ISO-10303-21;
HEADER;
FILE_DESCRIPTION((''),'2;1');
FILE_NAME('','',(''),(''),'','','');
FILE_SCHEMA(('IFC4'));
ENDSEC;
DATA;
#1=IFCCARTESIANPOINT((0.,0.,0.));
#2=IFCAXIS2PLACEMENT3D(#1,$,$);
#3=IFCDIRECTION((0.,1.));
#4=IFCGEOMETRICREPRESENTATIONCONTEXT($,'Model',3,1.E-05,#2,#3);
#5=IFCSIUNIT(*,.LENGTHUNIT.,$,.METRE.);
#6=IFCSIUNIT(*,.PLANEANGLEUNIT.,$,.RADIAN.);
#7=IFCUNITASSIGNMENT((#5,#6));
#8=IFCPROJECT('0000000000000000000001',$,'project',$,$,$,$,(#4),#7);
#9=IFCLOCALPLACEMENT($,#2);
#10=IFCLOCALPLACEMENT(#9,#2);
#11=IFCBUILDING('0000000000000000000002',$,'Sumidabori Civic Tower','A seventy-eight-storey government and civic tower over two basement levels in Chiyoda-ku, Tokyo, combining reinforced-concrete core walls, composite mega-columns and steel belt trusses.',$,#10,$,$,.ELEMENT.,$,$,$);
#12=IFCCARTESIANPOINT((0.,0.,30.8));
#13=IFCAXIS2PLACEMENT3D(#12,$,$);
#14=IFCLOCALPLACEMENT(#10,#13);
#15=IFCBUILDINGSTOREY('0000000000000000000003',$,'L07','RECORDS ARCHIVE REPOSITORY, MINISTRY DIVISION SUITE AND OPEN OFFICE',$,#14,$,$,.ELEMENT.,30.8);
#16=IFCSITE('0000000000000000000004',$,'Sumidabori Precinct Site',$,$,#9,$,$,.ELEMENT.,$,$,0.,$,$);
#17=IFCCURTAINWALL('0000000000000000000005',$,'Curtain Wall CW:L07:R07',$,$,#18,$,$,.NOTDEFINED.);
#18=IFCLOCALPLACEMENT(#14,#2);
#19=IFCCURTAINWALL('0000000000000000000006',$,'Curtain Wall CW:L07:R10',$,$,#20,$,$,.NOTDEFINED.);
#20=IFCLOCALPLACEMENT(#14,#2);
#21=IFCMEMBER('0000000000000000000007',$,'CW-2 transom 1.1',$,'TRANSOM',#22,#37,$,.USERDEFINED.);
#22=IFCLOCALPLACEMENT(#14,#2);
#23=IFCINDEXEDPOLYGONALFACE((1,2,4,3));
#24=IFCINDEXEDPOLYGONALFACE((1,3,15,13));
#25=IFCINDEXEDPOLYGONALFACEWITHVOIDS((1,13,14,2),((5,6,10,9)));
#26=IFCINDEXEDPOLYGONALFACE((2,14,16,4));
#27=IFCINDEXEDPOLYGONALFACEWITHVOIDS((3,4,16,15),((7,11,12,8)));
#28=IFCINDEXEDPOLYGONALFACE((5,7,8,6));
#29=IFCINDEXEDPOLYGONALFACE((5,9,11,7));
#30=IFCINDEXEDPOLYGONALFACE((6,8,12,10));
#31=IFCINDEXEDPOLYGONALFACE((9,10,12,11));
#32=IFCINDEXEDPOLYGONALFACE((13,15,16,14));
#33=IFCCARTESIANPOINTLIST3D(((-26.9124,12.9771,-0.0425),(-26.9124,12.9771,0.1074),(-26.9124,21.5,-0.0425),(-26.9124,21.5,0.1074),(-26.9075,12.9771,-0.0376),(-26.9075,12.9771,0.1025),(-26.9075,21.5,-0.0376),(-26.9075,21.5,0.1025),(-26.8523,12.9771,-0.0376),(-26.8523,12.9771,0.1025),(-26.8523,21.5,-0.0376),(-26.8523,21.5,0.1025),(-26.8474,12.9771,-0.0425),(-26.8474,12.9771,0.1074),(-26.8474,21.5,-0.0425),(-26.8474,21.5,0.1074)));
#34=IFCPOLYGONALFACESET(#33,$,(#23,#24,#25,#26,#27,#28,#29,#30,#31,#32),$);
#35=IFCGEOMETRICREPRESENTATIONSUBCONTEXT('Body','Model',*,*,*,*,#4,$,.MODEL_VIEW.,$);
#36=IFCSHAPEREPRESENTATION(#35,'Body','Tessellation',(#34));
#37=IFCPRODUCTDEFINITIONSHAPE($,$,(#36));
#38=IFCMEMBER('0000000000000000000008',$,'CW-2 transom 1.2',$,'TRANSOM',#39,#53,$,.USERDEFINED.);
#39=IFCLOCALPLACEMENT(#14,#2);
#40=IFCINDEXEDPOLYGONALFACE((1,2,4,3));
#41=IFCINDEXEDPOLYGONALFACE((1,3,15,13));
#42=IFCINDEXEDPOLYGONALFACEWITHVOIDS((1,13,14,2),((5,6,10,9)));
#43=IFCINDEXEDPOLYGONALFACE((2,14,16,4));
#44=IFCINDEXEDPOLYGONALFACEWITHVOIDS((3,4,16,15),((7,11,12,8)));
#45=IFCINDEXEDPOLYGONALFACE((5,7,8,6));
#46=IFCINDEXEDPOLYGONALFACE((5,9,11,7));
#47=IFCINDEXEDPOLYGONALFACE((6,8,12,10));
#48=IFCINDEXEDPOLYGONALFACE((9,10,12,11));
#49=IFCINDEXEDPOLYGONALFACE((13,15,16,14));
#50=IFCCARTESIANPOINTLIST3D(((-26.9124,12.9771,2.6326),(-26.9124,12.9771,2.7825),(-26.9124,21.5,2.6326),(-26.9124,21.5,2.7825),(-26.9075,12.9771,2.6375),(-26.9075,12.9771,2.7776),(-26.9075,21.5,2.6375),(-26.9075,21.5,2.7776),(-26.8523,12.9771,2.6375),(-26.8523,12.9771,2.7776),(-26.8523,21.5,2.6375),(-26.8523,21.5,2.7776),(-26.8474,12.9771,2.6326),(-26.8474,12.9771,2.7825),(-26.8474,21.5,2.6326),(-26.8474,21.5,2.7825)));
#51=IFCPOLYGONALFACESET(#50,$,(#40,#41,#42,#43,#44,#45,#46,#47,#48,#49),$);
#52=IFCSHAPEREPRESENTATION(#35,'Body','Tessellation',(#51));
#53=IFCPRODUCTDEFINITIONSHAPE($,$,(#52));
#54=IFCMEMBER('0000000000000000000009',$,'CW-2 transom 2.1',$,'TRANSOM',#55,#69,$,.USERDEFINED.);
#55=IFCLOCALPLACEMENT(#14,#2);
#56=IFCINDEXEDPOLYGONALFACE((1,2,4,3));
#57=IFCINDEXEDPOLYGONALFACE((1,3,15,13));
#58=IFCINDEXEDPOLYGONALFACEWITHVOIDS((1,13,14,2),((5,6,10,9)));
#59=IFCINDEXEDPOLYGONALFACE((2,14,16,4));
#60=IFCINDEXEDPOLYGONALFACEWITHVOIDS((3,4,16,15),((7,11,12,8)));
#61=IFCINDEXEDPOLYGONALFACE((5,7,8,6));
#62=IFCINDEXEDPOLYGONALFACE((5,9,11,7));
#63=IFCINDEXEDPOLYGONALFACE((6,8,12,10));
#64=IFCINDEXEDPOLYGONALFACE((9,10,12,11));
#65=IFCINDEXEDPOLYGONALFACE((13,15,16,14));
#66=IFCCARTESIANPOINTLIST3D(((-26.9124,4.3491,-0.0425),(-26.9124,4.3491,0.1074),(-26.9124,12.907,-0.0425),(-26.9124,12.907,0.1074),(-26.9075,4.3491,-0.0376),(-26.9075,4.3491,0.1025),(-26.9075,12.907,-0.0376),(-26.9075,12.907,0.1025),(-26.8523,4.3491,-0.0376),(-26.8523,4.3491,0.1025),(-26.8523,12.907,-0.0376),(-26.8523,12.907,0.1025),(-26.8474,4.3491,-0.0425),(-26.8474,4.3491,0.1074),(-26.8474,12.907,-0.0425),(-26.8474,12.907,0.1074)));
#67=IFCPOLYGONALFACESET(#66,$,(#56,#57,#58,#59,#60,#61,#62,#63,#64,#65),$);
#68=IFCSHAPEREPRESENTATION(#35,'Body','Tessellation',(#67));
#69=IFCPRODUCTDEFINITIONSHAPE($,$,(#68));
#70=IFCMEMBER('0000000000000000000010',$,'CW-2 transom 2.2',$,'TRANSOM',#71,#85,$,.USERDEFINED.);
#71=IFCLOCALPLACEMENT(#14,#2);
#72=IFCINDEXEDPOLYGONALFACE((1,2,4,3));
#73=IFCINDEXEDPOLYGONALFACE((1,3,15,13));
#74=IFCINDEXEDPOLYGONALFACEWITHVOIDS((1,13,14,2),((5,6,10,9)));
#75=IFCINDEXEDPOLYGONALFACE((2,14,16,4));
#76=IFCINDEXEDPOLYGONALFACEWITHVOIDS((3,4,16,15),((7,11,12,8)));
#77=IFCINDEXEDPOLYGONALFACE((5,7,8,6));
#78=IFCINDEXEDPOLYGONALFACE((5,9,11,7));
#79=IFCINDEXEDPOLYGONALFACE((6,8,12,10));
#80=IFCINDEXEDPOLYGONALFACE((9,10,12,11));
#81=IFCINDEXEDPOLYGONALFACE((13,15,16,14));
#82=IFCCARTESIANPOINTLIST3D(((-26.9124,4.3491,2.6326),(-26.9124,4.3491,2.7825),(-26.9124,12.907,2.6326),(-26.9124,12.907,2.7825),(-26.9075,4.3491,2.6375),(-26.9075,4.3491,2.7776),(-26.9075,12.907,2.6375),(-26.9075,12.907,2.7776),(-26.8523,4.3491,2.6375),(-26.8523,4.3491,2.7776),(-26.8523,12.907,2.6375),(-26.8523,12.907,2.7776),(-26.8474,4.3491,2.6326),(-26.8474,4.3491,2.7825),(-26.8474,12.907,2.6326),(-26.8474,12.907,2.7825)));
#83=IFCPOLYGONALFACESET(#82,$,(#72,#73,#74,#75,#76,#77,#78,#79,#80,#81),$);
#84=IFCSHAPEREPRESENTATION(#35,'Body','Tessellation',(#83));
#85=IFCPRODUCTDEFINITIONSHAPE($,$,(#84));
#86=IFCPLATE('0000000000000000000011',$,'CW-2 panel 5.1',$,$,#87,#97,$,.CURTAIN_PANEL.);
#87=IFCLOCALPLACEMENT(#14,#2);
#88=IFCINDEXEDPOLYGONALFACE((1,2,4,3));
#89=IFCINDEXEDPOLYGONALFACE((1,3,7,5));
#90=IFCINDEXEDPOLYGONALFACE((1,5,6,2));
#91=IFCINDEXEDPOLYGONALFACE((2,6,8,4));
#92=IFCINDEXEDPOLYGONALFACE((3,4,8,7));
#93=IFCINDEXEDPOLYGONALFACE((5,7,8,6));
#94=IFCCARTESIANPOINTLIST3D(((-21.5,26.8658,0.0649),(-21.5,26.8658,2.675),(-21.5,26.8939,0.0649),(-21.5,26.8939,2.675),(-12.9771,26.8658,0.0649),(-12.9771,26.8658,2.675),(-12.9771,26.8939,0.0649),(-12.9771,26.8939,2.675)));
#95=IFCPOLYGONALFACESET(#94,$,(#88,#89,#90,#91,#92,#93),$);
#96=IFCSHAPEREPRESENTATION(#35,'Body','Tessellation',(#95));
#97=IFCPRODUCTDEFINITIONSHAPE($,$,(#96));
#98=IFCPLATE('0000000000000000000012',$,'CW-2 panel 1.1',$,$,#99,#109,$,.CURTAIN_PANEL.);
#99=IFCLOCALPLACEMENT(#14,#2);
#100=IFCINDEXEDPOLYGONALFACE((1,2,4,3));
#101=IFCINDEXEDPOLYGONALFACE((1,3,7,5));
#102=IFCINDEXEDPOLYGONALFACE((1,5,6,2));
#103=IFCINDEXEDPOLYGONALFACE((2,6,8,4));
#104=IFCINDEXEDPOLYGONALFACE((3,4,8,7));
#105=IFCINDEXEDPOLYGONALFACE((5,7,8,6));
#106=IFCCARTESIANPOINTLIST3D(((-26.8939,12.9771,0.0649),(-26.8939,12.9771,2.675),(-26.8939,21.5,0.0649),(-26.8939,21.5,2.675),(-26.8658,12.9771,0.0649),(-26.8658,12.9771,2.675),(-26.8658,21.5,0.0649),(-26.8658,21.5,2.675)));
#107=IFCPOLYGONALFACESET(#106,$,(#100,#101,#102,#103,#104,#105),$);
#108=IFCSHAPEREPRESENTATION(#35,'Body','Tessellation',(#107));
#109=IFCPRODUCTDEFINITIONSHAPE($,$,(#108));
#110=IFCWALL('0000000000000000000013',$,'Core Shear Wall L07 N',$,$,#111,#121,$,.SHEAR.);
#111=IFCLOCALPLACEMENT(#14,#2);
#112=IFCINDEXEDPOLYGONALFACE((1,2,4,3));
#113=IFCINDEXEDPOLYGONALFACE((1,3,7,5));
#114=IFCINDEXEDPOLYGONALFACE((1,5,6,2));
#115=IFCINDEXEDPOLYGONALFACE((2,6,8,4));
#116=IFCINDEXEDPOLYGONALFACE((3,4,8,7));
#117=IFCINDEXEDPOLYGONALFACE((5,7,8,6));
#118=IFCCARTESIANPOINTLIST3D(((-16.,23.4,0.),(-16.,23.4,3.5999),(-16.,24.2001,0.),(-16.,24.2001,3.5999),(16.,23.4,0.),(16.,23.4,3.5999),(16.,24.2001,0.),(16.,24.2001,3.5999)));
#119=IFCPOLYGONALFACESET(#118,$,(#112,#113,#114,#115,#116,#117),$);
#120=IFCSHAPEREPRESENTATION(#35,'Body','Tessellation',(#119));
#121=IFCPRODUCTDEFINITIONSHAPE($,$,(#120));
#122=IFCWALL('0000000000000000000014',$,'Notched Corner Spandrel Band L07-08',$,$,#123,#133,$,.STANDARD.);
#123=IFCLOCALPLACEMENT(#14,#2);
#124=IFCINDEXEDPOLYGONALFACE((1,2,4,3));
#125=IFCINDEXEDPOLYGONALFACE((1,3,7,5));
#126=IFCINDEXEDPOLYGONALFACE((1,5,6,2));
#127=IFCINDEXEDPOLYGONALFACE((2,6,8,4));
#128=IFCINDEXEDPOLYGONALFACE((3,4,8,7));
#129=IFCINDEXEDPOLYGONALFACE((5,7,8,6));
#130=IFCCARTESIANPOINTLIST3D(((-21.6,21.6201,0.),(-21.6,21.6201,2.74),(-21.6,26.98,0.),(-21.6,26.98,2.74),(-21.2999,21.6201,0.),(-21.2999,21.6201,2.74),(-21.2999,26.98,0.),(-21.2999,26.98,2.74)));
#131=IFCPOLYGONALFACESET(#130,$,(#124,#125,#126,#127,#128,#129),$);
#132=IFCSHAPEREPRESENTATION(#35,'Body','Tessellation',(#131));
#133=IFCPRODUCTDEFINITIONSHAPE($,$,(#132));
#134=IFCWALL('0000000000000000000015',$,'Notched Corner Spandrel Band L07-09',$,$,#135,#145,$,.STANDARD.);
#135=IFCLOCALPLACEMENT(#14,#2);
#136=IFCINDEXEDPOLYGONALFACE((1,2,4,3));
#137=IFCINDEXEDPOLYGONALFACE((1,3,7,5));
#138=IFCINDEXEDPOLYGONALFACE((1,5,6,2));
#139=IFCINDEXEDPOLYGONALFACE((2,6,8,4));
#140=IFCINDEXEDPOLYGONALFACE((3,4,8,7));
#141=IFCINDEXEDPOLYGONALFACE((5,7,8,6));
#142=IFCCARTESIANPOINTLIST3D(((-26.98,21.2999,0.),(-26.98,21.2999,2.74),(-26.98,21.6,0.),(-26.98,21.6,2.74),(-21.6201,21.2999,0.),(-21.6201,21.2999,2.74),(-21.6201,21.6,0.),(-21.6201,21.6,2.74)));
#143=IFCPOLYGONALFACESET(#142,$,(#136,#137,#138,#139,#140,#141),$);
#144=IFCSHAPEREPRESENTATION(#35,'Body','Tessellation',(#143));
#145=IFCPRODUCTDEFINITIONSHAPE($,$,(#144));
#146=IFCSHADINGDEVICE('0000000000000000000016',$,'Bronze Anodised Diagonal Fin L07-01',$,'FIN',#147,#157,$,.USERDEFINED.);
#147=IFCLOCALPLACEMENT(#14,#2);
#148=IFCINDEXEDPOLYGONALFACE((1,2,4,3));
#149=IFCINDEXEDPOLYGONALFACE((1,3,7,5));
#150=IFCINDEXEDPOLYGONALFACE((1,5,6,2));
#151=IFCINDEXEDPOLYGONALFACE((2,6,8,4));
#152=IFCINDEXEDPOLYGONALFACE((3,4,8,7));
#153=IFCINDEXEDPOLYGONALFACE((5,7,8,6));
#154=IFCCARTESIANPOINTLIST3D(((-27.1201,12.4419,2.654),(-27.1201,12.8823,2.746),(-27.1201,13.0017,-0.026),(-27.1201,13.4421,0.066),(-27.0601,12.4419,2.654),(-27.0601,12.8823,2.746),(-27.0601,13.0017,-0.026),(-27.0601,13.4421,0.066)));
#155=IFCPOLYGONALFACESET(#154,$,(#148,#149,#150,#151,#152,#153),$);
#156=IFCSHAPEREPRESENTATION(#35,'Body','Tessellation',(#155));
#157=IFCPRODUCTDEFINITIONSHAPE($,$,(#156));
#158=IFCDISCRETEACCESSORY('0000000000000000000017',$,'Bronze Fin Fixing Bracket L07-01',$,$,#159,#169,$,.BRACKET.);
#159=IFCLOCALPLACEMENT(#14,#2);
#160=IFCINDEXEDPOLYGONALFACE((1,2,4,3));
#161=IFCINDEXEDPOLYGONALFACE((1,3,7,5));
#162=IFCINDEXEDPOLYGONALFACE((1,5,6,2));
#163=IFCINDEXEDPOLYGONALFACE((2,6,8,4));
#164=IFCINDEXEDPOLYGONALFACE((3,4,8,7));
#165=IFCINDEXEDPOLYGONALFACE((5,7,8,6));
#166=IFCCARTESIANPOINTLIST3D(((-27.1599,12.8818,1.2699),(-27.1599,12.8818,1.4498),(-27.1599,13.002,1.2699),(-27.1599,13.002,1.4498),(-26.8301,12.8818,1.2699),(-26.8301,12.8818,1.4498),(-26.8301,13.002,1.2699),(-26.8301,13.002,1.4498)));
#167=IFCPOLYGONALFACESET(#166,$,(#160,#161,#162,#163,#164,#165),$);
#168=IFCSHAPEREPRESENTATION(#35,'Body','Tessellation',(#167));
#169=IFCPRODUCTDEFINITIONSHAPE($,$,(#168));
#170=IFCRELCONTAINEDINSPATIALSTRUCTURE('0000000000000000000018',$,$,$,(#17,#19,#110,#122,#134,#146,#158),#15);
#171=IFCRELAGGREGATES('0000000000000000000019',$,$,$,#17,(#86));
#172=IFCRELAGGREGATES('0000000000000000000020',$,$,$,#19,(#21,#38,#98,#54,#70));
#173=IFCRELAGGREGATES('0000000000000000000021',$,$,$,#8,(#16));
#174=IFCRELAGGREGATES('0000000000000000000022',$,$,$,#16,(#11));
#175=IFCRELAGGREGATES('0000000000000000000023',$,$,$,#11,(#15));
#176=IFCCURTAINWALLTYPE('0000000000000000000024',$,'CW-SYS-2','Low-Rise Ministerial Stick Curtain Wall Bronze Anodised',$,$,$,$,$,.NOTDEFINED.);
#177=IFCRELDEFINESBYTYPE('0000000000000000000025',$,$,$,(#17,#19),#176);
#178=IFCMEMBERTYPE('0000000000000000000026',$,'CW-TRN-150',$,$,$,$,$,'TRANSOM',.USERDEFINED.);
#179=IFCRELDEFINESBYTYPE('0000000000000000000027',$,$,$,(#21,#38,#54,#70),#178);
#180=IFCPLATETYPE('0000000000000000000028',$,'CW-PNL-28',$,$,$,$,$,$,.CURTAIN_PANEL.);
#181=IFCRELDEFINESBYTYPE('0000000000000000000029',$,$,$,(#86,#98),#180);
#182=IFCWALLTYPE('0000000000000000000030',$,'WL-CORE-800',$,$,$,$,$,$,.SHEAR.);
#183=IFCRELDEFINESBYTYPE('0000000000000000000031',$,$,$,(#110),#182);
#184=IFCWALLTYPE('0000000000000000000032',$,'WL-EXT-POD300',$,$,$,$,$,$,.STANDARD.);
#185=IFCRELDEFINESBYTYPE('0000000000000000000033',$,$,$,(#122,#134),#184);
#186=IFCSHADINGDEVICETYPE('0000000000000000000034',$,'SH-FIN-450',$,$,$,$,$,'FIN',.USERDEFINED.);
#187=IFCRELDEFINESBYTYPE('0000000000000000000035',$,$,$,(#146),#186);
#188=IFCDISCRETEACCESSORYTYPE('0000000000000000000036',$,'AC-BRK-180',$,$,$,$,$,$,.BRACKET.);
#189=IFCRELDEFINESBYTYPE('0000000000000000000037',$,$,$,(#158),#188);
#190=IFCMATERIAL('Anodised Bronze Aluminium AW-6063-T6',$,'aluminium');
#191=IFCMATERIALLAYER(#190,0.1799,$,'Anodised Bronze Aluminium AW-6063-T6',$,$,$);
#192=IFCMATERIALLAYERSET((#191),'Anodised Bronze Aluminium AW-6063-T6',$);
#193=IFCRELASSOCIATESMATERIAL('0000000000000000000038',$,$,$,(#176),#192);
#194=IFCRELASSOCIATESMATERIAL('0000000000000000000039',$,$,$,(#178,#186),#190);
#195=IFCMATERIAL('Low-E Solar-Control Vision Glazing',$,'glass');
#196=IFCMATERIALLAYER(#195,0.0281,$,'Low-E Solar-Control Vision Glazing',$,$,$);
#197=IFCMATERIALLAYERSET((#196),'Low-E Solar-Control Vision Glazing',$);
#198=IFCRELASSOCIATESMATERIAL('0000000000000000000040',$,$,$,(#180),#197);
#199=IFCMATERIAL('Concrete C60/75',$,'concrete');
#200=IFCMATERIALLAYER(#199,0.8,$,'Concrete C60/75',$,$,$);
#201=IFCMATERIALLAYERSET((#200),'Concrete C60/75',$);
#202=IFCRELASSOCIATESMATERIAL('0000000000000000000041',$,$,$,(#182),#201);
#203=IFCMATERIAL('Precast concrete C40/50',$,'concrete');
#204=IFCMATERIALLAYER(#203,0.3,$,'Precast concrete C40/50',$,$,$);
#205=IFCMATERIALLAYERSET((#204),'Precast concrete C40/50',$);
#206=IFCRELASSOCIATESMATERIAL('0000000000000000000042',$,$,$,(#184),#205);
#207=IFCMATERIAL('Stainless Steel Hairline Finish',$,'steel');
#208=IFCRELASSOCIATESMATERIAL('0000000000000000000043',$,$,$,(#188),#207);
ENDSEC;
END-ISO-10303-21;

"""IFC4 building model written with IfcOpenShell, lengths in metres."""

from ifc_helpers import new_model, si_unit, direction, frame, frame_2d, origin, origin_2d, place, context, subcontext, project, spatial, rectangle, hollow_rectangle, extrude, source, transform, mapped, material, layer, layer_set, material_profile, profile_set, type_object, element, aggregate, save


model = new_model("IFC4")

# Units and contexts
model_context = context("Model", 3, precision=1e-05, world=origin(), true_north=direction((0.0, 1.0)))
body_context = subcontext(model_context, "Body", "Model", "MODEL_VIEW")
ifc_project = project(units=[si_unit("LENGTHUNIT", "METRE"), si_unit("PLANEANGLEUNIT", "RADIAN")], contexts=[model_context])

# Site, building, storey
site_placement = place(None, origin())
site = spatial("IfcSite", under=ifc_project, at=site_placement, Name="Sumidabori Precinct Site", CompositionType="ELEMENT", RefElevation=0.0)
building_placement = place(site_placement, origin())
building = spatial("IfcBuilding", under=site, at=building_placement, Name="Sumidabori Civic Tower", Description="A seventy-eight-storey government and civic tower over two basement levels in Chiyoda-ku, Tokyo, combining reinforced-concrete core walls, composite mega-columns and steel belt trusses.", CompositionType="ELEMENT")
storey_placement = place(building_placement, frame((0.0, 0.0, 30.8)))
storey = spatial("IfcBuildingStorey", under=building, at=storey_placement, Name="L07", Description="RECORDS ARCHIVE REPOSITORY, MINISTRY DIVISION SUITE AND OPEN OFFICE", CompositionType="ELEMENT", Elevation=30.8)

# Shared definitions
ifc_material_1 = material(Name="Concrete C60/75", Category="concrete")

# Curtain wall
ifc_material_2 = material(Name="Anodised Bronze Aluminium AW-6063-T6", Category="aluminium")
ifc_layer_1 = layer(ifc_material_2, 0.1799, Name="Anodised Bronze Aluminium AW-6063-T6")
ifc_layer_set_1 = layer_set([ifc_layer_1], Name="Anodised Bronze Aluminium AW-6063-T6")
curtain_wall_type = type_object("IfcCurtainWallType", Name="CW-SYS-2", Description="Low-Rise Ministerial Stick Curtain Wall Bronze Anodised", PredefinedType="NOTDEFINED", material=ifc_layer_set_1)
curtain_wall_1_placement = place(storey_placement, origin())
curtain_wall_1 = element("IfcCurtainWall", 1, at=curtain_wall_1_placement, inside=storey, type_object=curtain_wall_type, Name="Curtain Wall CW:L07:R07", PredefinedType="NOTDEFINED")

# Curtain wall, members
curtain_wall_2_placement = place(storey_placement, origin())
curtain_wall_2 = element("IfcCurtainWall", 2, at=curtain_wall_2_placement, inside=storey, type_object=curtain_wall_type, Name="Curtain Wall CW:L07:R10", PredefinedType="NOTDEFINED")
ifc_material_profile_1 = material_profile(ifc_material_2, hollow_rectangle(XDim=0.0649, YDim=0.1499, WallThickness=0.0049, at=origin_2d()), Name="ALU TRANSOM 150x65")
ifc_profile_set_1 = profile_set([ifc_material_profile_1], Name="Anodised Bronze Aluminium AW-6063-T6")
member_type_1 = type_object("IfcMemberType", Name="CW-TRN-150", ElementType="TRANSOM", PredefinedType="USERDEFINED", material=ifc_profile_set_1)
shared_shape_1 = source(origin(), body_context, "Body", "SweptSolid", [
    extrude(hollow_rectangle(XDim=0.0649, YDim=0.1499, WallThickness=0.0049, at=origin_2d()), origin(), (0.0, 0.0, 1.0), 8.5229),
])
member_1_placement = place(storey_placement, frame((-26.8799, 21.5, 0.0325), z_axis=(0.0, -1.0, 0.0), x_axis=(1.0, 0.0, 0.0)))
member_1 = element("IfcMember", 3, at=member_1_placement, type_object=member_type_1, Name="CW-2 transom 1.1", ObjectType="TRANSOM", PredefinedType="USERDEFINED", context=body_context, shape_type="MappedRepresentation", body=[
    mapped(shared_shape_1, transform((0.0, 0.0, 0.0), x_axis=(1.0, 0.0, 0.0), y_axis=(0.0, 1.0, 0.0), z_axis=(0.0, 0.0, 1.0), scale=1.0)),
])
member_2_placement = place(storey_placement, frame((-26.8799, 21.5, 2.7075), z_axis=(0.0, -1.0, 0.0), x_axis=(1.0, 0.0, 0.0)))
member_2 = element("IfcMember", 4, at=member_2_placement, type_object=member_type_1, Name="CW-2 transom 1.2", ObjectType="TRANSOM", PredefinedType="USERDEFINED", context=body_context, shape_type="MappedRepresentation", body=[
    mapped(shared_shape_1, transform((0.0, 0.0, 0.0), x_axis=(1.0, 0.0, 0.0), y_axis=(0.0, 1.0, 0.0), z_axis=(0.0, 0.0, 1.0), scale=1.0)),
])
shared_shape_2 = source(origin(), body_context, "Body", "SweptSolid", [
    extrude(hollow_rectangle(XDim=0.0649, YDim=0.1499, WallThickness=0.0049, at=origin_2d()), origin(), (0.0, 0.0, 1.0), 8.5579),
])
member_3_placement = place(storey_placement, frame((-26.8799, 12.907, 0.0325), z_axis=(0.0, -1.0, 0.0), x_axis=(1.0, 0.0, 0.0)))
member_3 = element("IfcMember", 5, at=member_3_placement, type_object=member_type_1, Name="CW-2 transom 2.1", ObjectType="TRANSOM", PredefinedType="USERDEFINED", context=body_context, shape_type="MappedRepresentation", body=[
    mapped(shared_shape_2, transform((0.0, 0.0, 0.0), x_axis=(1.0, 0.0, 0.0), y_axis=(0.0, 1.0, 0.0), z_axis=(0.0, 0.0, 1.0), scale=1.0)),
])
member_4_placement = place(storey_placement, frame((-26.8799, 12.907, 2.7075), z_axis=(0.0, -1.0, 0.0), x_axis=(1.0, 0.0, 0.0)))
member_4 = element("IfcMember", 6, at=member_4_placement, type_object=member_type_1, Name="CW-2 transom 2.2", ObjectType="TRANSOM", PredefinedType="USERDEFINED", context=body_context, shape_type="MappedRepresentation", body=[
    mapped(shared_shape_2, transform((0.0, 0.0, 0.0), x_axis=(1.0, 0.0, 0.0), y_axis=(0.0, 1.0, 0.0), z_axis=(0.0, 0.0, 1.0), scale=1.0)),
])

# Plates
ifc_material_3 = material(Name="Low-E Solar-Control Vision Glazing", Category="glass")
ifc_layer_2 = layer(ifc_material_3, 0.0281, Name="Low-E Solar-Control Vision Glazing")
ifc_layer_set_2 = layer_set([ifc_layer_2], Name="Low-E Solar-Control Vision Glazing")
plate_type = type_object("IfcPlateType", Name="CW-PNL-28", PredefinedType="CURTAIN_PANEL", material=ifc_layer_set_2)
shared_shape_3 = source(origin(), body_context, "Body", "SweptSolid", [
    extrude(rectangle(XDim=8.5229, YDim=0.0281, at=origin_2d()), origin(), (0.0, 0.0, 1.0), 2.6101),
])
plate_1_placement = place(storey_placement, frame((-17.2385, 26.8799, 0.0649), z_axis=(0.0, 0.0, 1.0), x_axis=(-1.0, 0.0, 0.0)))
plate_1 = element("IfcPlate", 7, at=plate_1_placement, type_object=plate_type, Name="CW-2 panel 5.1", PredefinedType="CURTAIN_PANEL", context=body_context, shape_type="MappedRepresentation", body=[
    mapped(shared_shape_3, transform((0.0, 0.0, 0.0), x_axis=(1.0, 0.0, 0.0), y_axis=(0.0, 1.0, 0.0), z_axis=(0.0, 0.0, 1.0), scale=1.0)),
])
aggregate(curtain_wall_1, [plate_1])
plate_2_placement = place(storey_placement, frame((-26.8799, 17.2385, 0.0649), z_axis=(0.0, 0.0, 1.0), x_axis=(0.0, -1.0, 0.0)))
plate_2 = element("IfcPlate", 8, at=plate_2_placement, type_object=plate_type, Name="CW-2 panel 1.1", PredefinedType="CURTAIN_PANEL", context=body_context, shape_type="MappedRepresentation", body=[
    mapped(shared_shape_3, transform((0.0, 0.0, 0.0), x_axis=(1.0, 0.0, 0.0), y_axis=(0.0, 1.0, 0.0), z_axis=(0.0, 0.0, 1.0), scale=1.0)),
])
aggregate(curtain_wall_2, [member_1, member_2, plate_2, member_3, member_4])

# Walls
ifc_layer_3 = layer(ifc_material_1, 0.8, Name="Concrete C60/75")
ifc_layer_set_3 = layer_set([ifc_layer_3], Name="Concrete C60/75")
wall_type_1 = type_object("IfcWallType", Name="WL-CORE-800", PredefinedType="SHEAR", material=ifc_layer_set_3)
shared_shape_4 = source(origin(), body_context, "Body", "SweptSolid", [
    extrude(rectangle(XDim=32.0, YDim=0.8, at=frame_2d((16.0, 0.0))), origin(), (0.0, 0.0, 1.0), 3.5999),
])
wall_placement = place(storey_placement, frame((-16.0, 23.8, 0.0), z_axis=(0.0, 0.0, 1.0), x_axis=(1.0, 0.0, 0.0)))
element("IfcWall", 9, at=wall_placement, inside=storey, type_object=wall_type_1, Name="Core Shear Wall L07 N", PredefinedType="SHEAR", context=body_context, shape_type="MappedRepresentation", body=[
    mapped(shared_shape_4, transform((0.0, 0.0, 0.0), x_axis=(1.0, 0.0, 0.0), y_axis=(0.0, 1.0, 0.0), z_axis=(0.0, 0.0, 1.0), scale=1.0)),
])
ifc_material_4 = material(Name="Precast concrete C40/50", Category="concrete")
ifc_layer_4 = layer(ifc_material_4, 0.3, Name="Precast concrete C40/50")
ifc_layer_set_4 = layer_set([ifc_layer_4], Name="Precast concrete C40/50")
wall_type_2 = type_object("IfcWallType", Name="WL-EXT-POD300", PredefinedType="STANDARD", material=ifc_layer_set_4)
shared_shape_5 = source(origin(), body_context, "Body", "SweptSolid", [
    extrude(rectangle(XDim=5.3599, YDim=0.3, at=frame_2d((2.6799, 0.0))), origin(), (0.0, 0.0, 1.0), 2.74),
])
for number, where, z_axis, x_axis, name in (
    (10, (-21.45, 26.98, 0.0), (0.0, 0.0, 1.0), (0.0, -1.0, 0.0), "Notched Corner Spandrel Band L07-08"),
    (11, (-21.6201, 21.45, 0.0), (0.0, 0.0, 1.0), (-1.0, 0.0, 0.0), "Notched Corner Spandrel Band L07-09"),
):
    element("IfcWall", number, at=place(storey_placement, frame(where, z_axis=z_axis, x_axis=x_axis)), inside=storey, type_object=wall_type_2, Name=name, PredefinedType="STANDARD", context=body_context, shape_type="MappedRepresentation", body=[
        mapped(shared_shape_5, transform((0.0, 0.0, 0.0), x_axis=(1.0, 0.0, 0.0), y_axis=(0.0, 1.0, 0.0), z_axis=(0.0, 0.0, 1.0), scale=1.0)),
    ])

# Shading device
ifc_material_profile_2 = material_profile(ifc_material_2, rectangle(XDim=0.0601, YDim=0.45, at=origin_2d()), Name="BRONZE FIN 450x60")
ifc_profile_set_2 = profile_set([ifc_material_profile_2], Name="Anodised Bronze Aluminium AW-6063-T6")
shading_device_type = type_object("IfcShadingDeviceType", Name="SH-FIN-450", ElementType="FIN", PredefinedType="USERDEFINED", material=ifc_profile_set_2)
shared_shape_6 = source(origin(), body_context, "Body", "SweptSolid", [
    extrude(rectangle(XDim=0.0601, YDim=0.45, at=origin_2d()), origin(), (0.0, 0.0, 1.0), 2.7378),
])
shading_device_placement = place(storey_placement, frame((-27.0901, 13.2219, 0.02), z_axis=(0.0, -0.204478, 0.978871), x_axis=(-1.0, 0.0, 0.0)))
element("IfcShadingDevice", 12, at=shading_device_placement, inside=storey, type_object=shading_device_type, Name="Bronze Anodised Diagonal Fin L07-01", ObjectType="FIN", PredefinedType="USERDEFINED", context=body_context, shape_type="MappedRepresentation", body=[
    mapped(shared_shape_6, transform((0.0, 0.0, 0.0), x_axis=(1.0, 0.0, 0.0), y_axis=(0.0, 1.0, 0.0), z_axis=(0.0, 0.0, 1.0), scale=1.0)),
])

# Discrete accessory
ifc_material_5 = material(Name="Stainless Steel Hairline Finish", Category="steel")
ifc_material_profile_3 = material_profile(ifc_material_5, rectangle(XDim=0.1201, YDim=0.1799, at=origin_2d()), Name="STEEL BRACKET 180x120")
ifc_profile_set_3 = profile_set([ifc_material_profile_3], Name="Stainless Steel Hairline Finish")
discrete_accessory_type = type_object("IfcDiscreteAccessoryType", Name="AC-BRK-180", PredefinedType="BRACKET", material=ifc_profile_set_3)
shared_shape_7 = source(origin(), body_context, "Body", "SweptSolid", [
    extrude(rectangle(XDim=0.1201, YDim=0.1799, at=origin_2d()), origin(), (0.0, 0.0, 1.0), 0.3298),
])
discrete_accessory_placement = place(storey_placement, frame((-26.8301, 12.9419, 1.3599), z_axis=(-1.0, 0.0, 0.0), x_axis=(0.0, -1.0, 0.0)))
element("IfcDiscreteAccessory", 13, at=discrete_accessory_placement, inside=storey, type_object=discrete_accessory_type, Name="Bronze Fin Fixing Bracket L07-01", PredefinedType="BRACKET", context=body_context, shape_type="MappedRepresentation", body=[
    mapped(shared_shape_7, transform((0.0, 0.0, 0.0), x_axis=(1.0, 0.0, 0.0), y_axis=(0.0, 1.0, 0.0), z_axis=(0.0, 0.0, 1.0), scale=1.0)),
])

save(model, "model.ifc")
